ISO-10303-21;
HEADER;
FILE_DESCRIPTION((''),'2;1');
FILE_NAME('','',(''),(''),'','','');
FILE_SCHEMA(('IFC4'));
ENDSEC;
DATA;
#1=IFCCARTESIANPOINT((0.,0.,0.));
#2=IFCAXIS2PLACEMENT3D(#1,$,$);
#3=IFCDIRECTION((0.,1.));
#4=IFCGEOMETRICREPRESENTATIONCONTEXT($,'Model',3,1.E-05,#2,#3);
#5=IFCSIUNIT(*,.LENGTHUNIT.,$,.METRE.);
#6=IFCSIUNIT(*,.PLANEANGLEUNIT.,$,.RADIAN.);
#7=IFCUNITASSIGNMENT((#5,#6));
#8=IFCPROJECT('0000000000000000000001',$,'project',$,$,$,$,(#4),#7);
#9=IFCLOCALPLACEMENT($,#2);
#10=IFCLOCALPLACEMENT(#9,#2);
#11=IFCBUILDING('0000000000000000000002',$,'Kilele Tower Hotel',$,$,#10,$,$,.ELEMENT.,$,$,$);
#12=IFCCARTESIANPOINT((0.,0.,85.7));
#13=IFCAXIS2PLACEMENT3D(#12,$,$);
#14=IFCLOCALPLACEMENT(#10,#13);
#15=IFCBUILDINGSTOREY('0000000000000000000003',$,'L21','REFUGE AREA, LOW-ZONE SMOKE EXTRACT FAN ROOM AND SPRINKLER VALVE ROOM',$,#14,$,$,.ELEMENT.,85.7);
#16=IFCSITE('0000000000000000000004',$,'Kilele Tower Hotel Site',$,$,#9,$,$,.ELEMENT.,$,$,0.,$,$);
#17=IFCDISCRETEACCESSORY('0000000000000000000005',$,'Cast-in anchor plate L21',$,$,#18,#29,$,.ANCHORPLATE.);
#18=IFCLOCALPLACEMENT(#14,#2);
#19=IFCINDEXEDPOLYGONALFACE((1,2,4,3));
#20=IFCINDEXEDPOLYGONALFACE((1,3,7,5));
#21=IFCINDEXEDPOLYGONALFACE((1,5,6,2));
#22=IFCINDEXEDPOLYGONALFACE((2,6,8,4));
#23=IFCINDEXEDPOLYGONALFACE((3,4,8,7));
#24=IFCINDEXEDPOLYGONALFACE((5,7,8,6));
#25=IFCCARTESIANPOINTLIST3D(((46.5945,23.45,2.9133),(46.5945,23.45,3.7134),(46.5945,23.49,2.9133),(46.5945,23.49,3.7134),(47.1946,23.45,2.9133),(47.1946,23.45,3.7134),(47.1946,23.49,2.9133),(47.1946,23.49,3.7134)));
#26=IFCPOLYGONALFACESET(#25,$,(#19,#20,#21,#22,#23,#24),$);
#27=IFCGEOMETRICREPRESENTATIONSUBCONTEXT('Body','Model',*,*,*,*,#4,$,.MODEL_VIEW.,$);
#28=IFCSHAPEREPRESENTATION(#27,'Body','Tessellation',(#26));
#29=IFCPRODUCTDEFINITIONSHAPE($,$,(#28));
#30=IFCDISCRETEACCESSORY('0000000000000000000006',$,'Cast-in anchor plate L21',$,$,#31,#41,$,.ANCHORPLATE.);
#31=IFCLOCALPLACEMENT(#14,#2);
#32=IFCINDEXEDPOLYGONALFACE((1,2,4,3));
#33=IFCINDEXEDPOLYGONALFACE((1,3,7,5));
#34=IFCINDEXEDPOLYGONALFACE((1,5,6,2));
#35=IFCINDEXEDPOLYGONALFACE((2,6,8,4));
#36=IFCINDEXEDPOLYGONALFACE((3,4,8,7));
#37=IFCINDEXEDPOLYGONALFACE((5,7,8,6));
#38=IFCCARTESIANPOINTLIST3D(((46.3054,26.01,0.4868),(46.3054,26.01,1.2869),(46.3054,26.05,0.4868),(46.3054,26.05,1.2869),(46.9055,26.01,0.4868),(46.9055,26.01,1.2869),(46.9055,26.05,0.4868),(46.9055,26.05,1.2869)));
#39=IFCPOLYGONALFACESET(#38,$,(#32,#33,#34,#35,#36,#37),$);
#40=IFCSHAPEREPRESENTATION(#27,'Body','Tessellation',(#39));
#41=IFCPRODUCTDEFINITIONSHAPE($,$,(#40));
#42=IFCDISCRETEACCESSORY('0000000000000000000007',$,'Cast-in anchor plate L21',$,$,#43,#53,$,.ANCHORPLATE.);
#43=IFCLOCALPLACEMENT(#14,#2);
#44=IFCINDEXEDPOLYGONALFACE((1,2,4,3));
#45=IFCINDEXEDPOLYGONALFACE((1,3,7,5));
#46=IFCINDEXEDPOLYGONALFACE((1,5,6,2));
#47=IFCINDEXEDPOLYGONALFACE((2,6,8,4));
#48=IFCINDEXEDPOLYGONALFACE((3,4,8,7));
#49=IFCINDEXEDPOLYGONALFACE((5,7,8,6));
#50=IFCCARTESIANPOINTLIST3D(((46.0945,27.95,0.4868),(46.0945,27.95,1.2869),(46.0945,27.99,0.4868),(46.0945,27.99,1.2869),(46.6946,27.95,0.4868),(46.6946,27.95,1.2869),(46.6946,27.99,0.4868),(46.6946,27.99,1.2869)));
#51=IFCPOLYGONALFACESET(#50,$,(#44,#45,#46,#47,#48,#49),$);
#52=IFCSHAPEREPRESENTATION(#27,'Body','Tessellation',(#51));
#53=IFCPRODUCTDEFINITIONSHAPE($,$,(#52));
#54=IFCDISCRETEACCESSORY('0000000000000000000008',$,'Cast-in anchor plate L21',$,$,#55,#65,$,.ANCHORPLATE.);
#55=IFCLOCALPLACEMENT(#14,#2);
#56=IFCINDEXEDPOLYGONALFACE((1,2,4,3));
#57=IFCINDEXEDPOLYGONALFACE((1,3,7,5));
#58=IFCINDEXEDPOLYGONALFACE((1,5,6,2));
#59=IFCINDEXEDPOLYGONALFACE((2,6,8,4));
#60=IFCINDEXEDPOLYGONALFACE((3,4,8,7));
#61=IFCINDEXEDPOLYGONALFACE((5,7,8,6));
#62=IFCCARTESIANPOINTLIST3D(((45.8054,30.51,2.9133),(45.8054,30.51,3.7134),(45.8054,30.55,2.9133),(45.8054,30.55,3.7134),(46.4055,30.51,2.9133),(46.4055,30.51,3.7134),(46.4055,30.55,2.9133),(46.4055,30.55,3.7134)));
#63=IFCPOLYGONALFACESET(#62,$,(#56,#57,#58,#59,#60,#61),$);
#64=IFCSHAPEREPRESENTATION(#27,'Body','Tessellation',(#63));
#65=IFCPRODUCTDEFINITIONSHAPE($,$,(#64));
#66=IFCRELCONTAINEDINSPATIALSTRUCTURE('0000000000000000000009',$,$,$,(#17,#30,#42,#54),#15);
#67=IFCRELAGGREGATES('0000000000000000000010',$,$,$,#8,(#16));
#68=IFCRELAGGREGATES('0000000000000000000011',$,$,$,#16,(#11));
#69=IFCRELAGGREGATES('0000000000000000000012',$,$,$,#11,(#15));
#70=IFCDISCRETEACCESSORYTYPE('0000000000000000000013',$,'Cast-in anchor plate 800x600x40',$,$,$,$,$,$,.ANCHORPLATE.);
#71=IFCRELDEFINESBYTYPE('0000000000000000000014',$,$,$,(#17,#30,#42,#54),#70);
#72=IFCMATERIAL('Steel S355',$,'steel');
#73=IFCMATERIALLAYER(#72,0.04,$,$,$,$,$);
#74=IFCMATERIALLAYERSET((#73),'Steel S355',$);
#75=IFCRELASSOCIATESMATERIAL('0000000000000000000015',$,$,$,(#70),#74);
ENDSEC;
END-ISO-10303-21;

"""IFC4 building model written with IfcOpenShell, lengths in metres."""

from ifc_helpers import new_model, si_unit, direction, frame, origin, place, context, subcontext, project, spatial, polyline, outline, extrude, source, transform, mapped, material, layer, layer_set, type_object, element, save


model = new_model("IFC4")

# Units and contexts
model_context = context("Model", 3, precision=1e-05, world=origin(), true_north=direction((0.0, 1.0)))
body_context = subcontext(model_context, "Body", "Model", "MODEL_VIEW")
ifc_project = project(units=[si_unit("LENGTHUNIT", "METRE"), si_unit("PLANEANGLEUNIT", "RADIAN")], contexts=[model_context])

# Site, building, storey
site_placement = place(None, origin())
site = spatial("IfcSite", under=ifc_project, at=site_placement, Name="Kilele Tower Hotel Site", CompositionType="ELEMENT", RefElevation=0.0)
building_placement = place(site_placement, origin())
building = spatial("IfcBuilding", under=site, at=building_placement, Name="Kilele Tower Hotel", CompositionType="ELEMENT")
storey_placement = place(building_placement, frame((0.0, 0.0, 85.7)))
storey = spatial("IfcBuildingStorey", under=building, at=storey_placement, Name="L21", Description="REFUGE AREA, LOW-ZONE SMOKE EXTRACT FAN ROOM AND SPRINKLER VALVE ROOM", CompositionType="ELEMENT", Elevation=85.7)

# Discrete accessories
ifc_material_1 = material(Name="Steel S355", Category="steel")
ifc_layer_1 = layer(ifc_material_1, 0.04)
ifc_layer_set_1 = layer_set([ifc_layer_1], Name="Steel S355")
discrete_accessory_type_1 = type_object("IfcDiscreteAccessoryType", Name="Cast-in anchor plate 800x600x40", PredefinedType="ANCHORPLATE", material=ifc_layer_set_1)
shared_shape_1 = source(origin(), body_context, "Body", "SweptSolid", [
    extrude(outline(polyline([(0.0, 0.0), (0.04, 0.0), (0.04, 0.8), (0.0, 0.8), (0.0, 0.0)])), origin(), (0.0, 0.0, 1.0), 0.6001),
])
for number, where, z_axis, x_axis, name in (
    (1, (46.5945, 23.45, 2.9133), (1.0, 0.0, 0.0), (0.0, 1.0, 0.0), "Cast-in anchor plate L21"),
    (2, (46.9055, 26.05, 0.4868), (-1.0, 0.0, 0.0), (0.0, -1.0, 0.0), "Cast-in anchor plate L21"),
    (3, (46.0945, 27.95, 0.4868), (1.0, 0.0, 0.0), (0.0, 1.0, 0.0), "Cast-in anchor plate L21"),
    (4, (46.4055, 30.55, 2.9133), (-1.0, 0.0, 0.0), (0.0, -1.0, 0.0), "Cast-in anchor plate L21"),
):
    element("IfcDiscreteAccessory", number, at=place(storey_placement, frame(where, z_axis=z_axis, x_axis=x_axis)), inside=storey, type_object=discrete_accessory_type_1, Name=name, PredefinedType="ANCHORPLATE", context=body_context, shape_type="MappedRepresentation", body=[
        mapped(shared_shape_1, transform((0.0, 0.0, 0.0))),
    ])

save(model, "model.ifc")
